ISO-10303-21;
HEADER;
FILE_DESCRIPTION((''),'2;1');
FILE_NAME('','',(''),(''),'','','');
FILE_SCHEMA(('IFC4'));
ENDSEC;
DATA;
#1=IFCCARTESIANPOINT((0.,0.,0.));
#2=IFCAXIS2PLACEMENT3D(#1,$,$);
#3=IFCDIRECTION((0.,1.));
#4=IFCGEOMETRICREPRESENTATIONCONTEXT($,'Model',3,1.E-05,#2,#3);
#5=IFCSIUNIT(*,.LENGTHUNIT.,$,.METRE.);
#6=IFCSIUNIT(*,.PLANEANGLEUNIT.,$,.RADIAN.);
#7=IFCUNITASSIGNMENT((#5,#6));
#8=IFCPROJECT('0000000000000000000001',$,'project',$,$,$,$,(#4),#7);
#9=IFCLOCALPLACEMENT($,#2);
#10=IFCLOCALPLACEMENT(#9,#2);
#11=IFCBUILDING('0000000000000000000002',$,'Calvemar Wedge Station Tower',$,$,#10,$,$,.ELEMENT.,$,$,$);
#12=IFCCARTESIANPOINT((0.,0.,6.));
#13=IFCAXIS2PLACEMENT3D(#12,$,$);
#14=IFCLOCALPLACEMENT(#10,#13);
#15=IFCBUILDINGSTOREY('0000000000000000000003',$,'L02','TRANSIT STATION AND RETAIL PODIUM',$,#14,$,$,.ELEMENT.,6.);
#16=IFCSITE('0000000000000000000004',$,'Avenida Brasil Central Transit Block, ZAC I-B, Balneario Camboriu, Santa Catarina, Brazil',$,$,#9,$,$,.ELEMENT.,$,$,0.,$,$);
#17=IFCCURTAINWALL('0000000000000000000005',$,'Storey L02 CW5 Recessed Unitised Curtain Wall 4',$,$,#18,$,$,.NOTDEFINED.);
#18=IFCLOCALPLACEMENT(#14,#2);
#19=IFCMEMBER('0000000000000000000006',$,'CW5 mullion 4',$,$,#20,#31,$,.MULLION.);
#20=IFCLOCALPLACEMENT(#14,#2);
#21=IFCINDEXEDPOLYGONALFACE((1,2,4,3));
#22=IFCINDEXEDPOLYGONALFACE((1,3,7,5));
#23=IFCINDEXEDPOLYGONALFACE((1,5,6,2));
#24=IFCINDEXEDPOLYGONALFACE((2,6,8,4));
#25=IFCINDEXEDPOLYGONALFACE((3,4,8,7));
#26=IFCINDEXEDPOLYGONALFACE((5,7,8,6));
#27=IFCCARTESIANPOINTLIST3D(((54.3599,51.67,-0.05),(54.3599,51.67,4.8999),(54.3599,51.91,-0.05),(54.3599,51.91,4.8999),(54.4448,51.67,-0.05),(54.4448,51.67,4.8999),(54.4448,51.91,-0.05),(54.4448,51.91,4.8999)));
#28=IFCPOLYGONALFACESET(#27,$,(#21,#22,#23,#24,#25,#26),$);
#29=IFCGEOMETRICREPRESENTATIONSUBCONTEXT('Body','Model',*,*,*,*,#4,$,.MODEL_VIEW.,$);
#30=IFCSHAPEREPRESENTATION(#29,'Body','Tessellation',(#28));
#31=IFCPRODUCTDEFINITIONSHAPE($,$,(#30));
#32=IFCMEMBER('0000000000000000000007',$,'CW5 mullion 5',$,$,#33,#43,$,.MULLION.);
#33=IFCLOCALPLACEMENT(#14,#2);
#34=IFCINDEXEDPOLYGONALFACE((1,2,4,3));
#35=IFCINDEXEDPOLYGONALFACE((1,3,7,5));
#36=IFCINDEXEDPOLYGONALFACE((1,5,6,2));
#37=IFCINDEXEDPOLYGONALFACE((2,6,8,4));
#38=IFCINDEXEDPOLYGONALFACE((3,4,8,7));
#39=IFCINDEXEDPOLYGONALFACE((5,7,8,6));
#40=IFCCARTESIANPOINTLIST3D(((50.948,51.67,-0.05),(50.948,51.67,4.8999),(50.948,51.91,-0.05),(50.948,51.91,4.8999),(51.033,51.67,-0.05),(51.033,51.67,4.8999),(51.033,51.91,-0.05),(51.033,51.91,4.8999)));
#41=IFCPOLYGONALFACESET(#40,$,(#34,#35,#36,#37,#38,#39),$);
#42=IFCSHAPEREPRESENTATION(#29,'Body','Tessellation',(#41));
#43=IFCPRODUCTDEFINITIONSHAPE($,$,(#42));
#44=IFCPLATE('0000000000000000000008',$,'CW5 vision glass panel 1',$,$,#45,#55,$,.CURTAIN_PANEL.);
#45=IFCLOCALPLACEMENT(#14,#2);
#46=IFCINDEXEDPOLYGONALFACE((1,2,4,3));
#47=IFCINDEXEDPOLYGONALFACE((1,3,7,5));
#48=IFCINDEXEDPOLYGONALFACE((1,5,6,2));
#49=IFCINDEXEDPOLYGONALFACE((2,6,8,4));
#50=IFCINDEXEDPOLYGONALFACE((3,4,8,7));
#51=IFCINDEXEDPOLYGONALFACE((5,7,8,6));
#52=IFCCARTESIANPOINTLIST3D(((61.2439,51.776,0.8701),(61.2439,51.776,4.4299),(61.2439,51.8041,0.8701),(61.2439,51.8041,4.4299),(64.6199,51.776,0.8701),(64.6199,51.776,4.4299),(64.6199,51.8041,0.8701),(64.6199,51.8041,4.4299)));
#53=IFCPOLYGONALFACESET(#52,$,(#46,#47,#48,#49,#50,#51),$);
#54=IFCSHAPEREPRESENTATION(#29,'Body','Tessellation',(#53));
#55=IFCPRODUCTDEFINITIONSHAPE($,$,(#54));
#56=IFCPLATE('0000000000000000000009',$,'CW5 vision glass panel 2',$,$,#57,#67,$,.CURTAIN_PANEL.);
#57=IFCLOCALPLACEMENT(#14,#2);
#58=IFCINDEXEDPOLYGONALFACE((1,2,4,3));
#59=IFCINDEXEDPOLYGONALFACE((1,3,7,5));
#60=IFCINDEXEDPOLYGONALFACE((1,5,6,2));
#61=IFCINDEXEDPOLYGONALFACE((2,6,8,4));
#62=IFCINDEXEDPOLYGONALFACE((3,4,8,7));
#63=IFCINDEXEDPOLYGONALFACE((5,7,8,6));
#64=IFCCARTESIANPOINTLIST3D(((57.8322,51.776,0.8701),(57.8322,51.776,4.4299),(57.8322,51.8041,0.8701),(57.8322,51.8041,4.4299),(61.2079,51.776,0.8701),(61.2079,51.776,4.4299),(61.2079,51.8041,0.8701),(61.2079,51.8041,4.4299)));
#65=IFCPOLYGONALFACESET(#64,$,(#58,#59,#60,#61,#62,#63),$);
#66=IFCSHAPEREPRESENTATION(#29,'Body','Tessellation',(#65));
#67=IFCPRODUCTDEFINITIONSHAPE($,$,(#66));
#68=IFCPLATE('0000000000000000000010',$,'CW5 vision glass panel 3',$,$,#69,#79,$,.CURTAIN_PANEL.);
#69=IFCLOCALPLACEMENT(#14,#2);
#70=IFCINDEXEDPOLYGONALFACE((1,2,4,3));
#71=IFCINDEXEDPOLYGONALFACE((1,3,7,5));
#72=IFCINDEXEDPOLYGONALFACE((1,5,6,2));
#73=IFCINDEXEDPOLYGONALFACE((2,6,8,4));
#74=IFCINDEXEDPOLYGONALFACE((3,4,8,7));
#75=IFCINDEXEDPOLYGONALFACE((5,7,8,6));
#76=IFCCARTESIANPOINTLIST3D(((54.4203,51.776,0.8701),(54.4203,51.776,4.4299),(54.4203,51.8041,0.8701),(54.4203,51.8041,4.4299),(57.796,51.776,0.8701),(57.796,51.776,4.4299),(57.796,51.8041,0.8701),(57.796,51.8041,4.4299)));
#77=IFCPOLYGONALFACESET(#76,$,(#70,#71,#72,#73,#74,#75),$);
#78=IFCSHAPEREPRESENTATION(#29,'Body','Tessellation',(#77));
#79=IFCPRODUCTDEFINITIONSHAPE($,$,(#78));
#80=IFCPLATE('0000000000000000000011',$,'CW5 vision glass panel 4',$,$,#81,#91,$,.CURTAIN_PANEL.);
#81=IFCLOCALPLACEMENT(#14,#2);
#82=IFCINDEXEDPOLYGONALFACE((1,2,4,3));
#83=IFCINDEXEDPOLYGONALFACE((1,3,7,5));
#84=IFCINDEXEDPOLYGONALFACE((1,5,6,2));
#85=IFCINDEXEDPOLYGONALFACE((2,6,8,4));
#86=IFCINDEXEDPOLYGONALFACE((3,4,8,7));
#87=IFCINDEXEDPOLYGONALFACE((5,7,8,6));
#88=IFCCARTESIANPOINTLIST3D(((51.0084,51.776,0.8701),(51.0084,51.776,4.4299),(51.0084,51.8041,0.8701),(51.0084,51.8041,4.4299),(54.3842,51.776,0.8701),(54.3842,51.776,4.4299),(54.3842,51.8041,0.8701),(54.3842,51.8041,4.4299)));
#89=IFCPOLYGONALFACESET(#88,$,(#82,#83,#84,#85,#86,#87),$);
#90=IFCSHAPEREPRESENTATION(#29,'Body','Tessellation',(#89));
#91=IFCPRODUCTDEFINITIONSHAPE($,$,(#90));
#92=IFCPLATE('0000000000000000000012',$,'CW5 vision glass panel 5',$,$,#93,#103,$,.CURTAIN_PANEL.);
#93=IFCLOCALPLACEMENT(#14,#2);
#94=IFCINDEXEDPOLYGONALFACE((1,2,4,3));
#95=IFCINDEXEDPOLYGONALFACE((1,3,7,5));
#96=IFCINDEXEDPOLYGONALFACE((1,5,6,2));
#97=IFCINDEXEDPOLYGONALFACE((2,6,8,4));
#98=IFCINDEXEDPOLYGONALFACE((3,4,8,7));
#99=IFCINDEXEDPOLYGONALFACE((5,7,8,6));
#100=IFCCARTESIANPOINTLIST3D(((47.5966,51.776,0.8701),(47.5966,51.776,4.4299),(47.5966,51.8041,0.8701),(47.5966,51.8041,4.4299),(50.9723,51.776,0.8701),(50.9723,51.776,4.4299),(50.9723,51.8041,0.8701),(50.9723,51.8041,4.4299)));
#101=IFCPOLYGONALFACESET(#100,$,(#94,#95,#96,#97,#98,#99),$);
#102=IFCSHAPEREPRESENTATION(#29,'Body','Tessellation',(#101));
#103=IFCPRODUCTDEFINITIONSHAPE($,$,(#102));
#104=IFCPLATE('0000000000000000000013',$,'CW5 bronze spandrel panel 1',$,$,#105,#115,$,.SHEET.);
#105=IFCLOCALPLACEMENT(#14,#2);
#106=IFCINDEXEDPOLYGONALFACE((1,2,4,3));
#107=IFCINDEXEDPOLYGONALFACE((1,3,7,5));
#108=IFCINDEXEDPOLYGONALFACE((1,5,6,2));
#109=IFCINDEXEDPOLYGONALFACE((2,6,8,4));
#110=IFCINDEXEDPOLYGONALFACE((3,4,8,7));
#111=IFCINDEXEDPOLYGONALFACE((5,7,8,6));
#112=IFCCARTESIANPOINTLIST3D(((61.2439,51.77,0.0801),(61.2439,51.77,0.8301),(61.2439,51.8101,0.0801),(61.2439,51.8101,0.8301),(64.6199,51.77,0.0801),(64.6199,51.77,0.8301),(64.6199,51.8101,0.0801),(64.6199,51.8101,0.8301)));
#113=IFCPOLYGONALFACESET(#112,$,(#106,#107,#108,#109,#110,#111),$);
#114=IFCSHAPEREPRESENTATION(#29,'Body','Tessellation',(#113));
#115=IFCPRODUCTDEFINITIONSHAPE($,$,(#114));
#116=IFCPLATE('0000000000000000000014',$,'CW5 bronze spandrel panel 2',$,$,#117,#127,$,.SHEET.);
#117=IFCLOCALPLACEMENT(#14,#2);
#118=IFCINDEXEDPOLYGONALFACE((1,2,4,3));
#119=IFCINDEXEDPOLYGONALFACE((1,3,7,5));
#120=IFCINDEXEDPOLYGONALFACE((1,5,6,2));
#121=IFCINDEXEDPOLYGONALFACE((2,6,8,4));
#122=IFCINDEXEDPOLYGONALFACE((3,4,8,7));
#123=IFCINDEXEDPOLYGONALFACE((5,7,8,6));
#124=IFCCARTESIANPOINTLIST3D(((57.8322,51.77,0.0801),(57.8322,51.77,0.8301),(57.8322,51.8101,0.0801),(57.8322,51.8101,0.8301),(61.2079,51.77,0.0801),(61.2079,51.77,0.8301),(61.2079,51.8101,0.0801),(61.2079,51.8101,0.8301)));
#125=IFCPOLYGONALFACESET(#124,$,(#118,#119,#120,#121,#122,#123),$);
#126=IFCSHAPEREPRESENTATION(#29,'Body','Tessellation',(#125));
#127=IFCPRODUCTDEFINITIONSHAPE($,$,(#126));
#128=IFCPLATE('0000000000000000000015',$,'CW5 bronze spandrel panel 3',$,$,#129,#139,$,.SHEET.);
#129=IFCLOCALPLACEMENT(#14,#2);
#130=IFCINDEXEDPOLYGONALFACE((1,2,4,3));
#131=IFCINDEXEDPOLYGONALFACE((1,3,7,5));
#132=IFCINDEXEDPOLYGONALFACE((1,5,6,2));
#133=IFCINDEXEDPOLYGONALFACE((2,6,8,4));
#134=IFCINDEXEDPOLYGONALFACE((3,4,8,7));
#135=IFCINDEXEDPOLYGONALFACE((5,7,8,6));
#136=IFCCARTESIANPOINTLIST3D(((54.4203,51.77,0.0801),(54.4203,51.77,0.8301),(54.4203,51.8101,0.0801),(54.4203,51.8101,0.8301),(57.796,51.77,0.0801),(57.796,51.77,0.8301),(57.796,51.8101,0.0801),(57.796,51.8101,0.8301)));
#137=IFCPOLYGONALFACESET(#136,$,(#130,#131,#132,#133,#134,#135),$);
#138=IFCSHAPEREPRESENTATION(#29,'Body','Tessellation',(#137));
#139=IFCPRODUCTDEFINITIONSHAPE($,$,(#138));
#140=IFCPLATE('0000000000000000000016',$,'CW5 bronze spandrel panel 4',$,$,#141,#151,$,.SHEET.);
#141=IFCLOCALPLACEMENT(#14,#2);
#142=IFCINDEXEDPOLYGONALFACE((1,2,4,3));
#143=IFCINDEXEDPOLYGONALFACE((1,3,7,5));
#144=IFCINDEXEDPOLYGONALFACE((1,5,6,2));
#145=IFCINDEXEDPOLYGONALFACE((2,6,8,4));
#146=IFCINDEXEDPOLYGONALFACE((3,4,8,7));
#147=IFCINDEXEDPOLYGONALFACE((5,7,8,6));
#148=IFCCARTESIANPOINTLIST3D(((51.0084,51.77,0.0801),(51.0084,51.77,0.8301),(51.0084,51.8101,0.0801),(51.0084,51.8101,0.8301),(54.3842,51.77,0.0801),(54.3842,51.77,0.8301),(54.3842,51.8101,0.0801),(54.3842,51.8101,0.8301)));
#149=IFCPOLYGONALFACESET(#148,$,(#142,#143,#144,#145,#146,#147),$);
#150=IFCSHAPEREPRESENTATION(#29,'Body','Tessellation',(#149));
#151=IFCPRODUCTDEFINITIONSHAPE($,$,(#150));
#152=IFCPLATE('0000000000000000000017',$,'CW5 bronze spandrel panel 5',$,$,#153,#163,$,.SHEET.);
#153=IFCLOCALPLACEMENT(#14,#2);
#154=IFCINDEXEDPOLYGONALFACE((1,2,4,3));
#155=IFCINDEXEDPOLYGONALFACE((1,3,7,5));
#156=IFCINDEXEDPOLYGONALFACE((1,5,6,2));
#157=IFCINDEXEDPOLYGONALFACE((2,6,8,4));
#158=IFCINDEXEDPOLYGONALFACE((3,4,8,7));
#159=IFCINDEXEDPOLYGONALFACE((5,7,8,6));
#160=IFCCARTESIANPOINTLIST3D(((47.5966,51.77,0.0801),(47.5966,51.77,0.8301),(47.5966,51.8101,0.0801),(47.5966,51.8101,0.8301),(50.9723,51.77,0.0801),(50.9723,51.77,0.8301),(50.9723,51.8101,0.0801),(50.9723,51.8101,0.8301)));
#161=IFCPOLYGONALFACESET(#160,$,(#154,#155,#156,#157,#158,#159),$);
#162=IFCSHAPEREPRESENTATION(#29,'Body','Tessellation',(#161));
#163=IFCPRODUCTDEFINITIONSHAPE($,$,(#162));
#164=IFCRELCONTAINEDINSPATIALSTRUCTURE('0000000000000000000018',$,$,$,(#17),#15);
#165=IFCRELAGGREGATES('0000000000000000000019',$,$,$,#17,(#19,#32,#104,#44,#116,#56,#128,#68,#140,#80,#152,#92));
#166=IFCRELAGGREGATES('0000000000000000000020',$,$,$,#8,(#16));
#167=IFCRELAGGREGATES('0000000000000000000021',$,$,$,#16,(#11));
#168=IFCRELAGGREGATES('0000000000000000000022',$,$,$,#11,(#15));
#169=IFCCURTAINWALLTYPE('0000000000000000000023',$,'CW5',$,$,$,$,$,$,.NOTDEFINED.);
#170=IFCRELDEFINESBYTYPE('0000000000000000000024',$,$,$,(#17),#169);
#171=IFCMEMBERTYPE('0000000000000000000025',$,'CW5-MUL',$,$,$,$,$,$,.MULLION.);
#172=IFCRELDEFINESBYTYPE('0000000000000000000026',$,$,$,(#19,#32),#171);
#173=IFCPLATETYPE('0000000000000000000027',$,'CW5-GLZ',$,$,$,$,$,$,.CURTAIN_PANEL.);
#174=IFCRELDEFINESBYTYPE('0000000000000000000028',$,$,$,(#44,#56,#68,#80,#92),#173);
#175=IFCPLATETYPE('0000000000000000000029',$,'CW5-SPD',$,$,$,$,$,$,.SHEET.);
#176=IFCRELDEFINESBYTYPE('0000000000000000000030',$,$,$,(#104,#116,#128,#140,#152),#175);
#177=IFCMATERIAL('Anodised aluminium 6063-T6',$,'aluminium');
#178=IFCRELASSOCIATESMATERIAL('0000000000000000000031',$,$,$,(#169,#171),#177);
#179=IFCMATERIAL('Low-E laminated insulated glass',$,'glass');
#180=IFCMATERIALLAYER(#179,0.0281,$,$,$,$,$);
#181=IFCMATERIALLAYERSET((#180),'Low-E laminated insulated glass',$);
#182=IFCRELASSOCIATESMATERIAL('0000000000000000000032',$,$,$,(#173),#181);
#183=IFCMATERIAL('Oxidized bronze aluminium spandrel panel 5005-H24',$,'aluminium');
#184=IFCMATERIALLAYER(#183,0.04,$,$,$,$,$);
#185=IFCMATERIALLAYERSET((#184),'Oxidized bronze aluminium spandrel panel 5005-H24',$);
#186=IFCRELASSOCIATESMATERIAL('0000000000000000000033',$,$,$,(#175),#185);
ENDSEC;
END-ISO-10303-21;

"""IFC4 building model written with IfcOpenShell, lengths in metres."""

from ifc_helpers import new_model, si_unit, direction, frame, frame_2d, origin, origin_2d, place, context, subcontext, project, spatial, rectangle, extrude, source, transform, mapped, material, layer, layer_set, material_profile, profile_set, type_object, element, aggregate, save


model = new_model("IFC4")

# Units and contexts
model_context = context("Model", 3, precision=1e-05, world=origin(), true_north=direction((0.0, 1.0)))
body_context = subcontext(model_context, "Body", "Model", "MODEL_VIEW")
ifc_project = project(units=[si_unit("LENGTHUNIT", "METRE"), si_unit("PLANEANGLEUNIT", "RADIAN")], contexts=[model_context])

# Site, building, storey
site_placement = place(None, origin())
site = spatial("IfcSite", under=ifc_project, at=site_placement, Name="Avenida Brasil Central Transit Block, ZAC I-B, Balneario Camboriu, Santa Catarina, Brazil", CompositionType="ELEMENT", RefElevation=0.0)
building_placement = place(site_placement, origin())
building = spatial("IfcBuilding", under=site, at=building_placement, Name="Calvemar Wedge Station Tower", CompositionType="ELEMENT")
storey_placement = place(building_placement, frame((0.0, 0.0, 6.0)))
storey = spatial("IfcBuildingStorey", under=building, at=storey_placement, Name="L02", Description="TRANSIT STATION AND RETAIL PODIUM", CompositionType="ELEMENT", Elevation=6.0)

# Curtain wall, members, plates
ifc_material_1 = material(Name="Anodised aluminium 6063-T6", Category="aluminium")
curtain_wall_type = type_object("IfcCurtainWallType", Name="CW5", PredefinedType="NOTDEFINED", material=ifc_material_1)
curtain_wall_placement = place(storey_placement, origin())
curtain_wall = element("IfcCurtainWall", 1, at=curtain_wall_placement, inside=storey, type_object=curtain_wall_type, Name="Storey L02 CW5 Recessed Unitised Curtain Wall 4", PredefinedType="NOTDEFINED")
ifc_material_profile_1 = material_profile(ifc_material_1, rectangle(XDim=0.085, YDim=0.24, at=origin_2d()), Name="AL-MUL-85x240")
ifc_profile_set_1 = profile_set([ifc_material_profile_1], Name="Anodised aluminium 6063-T6")
member_type = type_object("IfcMemberType", Name="CW5-MUL", PredefinedType="MULLION", material=ifc_profile_set_1)
shared_shape_1 = source(origin(), body_context, "Body", "SweptSolid", [
    extrude(rectangle(XDim=0.085, YDim=0.24, at=origin_2d()), origin(), (0.0, 0.0, 1.0), 4.95),
])
member_1_placement = place(storey_placement, frame((54.4023, 51.79, -0.05), z_axis=(0.0, 0.0, 1.0), x_axis=(1.0, 0.0, 0.0)))
member_1 = element("IfcMember", 2, at=member_1_placement, type_object=member_type, Name="CW5 mullion 4", PredefinedType="MULLION", context=body_context, shape_type="MappedRepresentation", body=[
    mapped(shared_shape_1, transform((0.0, 0.0, 0.0), scale=1.0)),
])
member_2_placement = place(storey_placement, frame((50.9905, 51.79, -0.05), z_axis=(0.0, 0.0, 1.0), x_axis=(1.0, 0.0, 0.0)))
member_2 = element("IfcMember", 3, at=member_2_placement, type_object=member_type, Name="CW5 mullion 5", PredefinedType="MULLION", context=body_context, shape_type="MappedRepresentation", body=[
    mapped(shared_shape_1, transform((0.0, 0.0, 0.0), scale=1.0)),
])
ifc_material_2 = material(Name="Low-E laminated insulated glass", Category="glass")
ifc_layer_1 = layer(ifc_material_2, 0.0281)
ifc_layer_set_1 = layer_set([ifc_layer_1], Name="Low-E laminated insulated glass")
plate_type_1 = type_object("IfcPlateType", Name="CW5-GLZ", PredefinedType="CURTAIN_PANEL", material=ifc_layer_set_1)
plate_1_placement = place(storey_placement, frame((64.6199, 51.79, 0.8701), z_axis=(0.0, 0.0, 1.0), x_axis=(-1.0, 0.0, 0.0)))
plate_1 = element("IfcPlate", 4, at=plate_1_placement, type_object=plate_type_1, Name="CW5 vision glass panel 1", PredefinedType="CURTAIN_PANEL", context=body_context, shape_type="SweptSolid", body=[
    extrude(rectangle(XDim=3.376, YDim=0.0281, at=frame_2d((1.688, 0.0))), origin(), (0.0, 0.0, 1.0), 3.5598),
])
plate_2_placement = place(storey_placement, frame((61.208, 51.79, 0.8701), z_axis=(0.0, 0.0, 1.0), x_axis=(-1.0, 0.0, 0.0)))
plate_2 = element("IfcPlate", 5, at=plate_2_placement, type_object=plate_type_1, Name="CW5 vision glass panel 2", PredefinedType="CURTAIN_PANEL", context=body_context, shape_type="SweptSolid", body=[
    extrude(rectangle(XDim=3.3757, YDim=0.0281, at=frame_2d((1.688, 0.0))), origin(), (0.0, 0.0, 1.0), 3.5598),
])
plate_3_placement = place(storey_placement, frame((57.7961, 51.79, 0.8701), z_axis=(0.0, 0.0, 1.0), x_axis=(-1.0, 0.0, 0.0)))
plate_3 = element("IfcPlate", 6, at=plate_3_placement, type_object=plate_type_1, Name="CW5 vision glass panel 3", PredefinedType="CURTAIN_PANEL", context=body_context, shape_type="SweptSolid", body=[
    extrude(rectangle(XDim=3.3757, YDim=0.0281, at=frame_2d((1.688, 0.0))), origin(), (0.0, 0.0, 1.0), 3.5598),
])
plate_4_placement = place(storey_placement, frame((54.3843, 51.79, 0.8701), z_axis=(0.0, 0.0, 1.0), x_axis=(-1.0, 0.0, 0.0)))
plate_4 = element("IfcPlate", 7, at=plate_4_placement, type_object=plate_type_1, Name="CW5 vision glass panel 4", PredefinedType="CURTAIN_PANEL", context=body_context, shape_type="SweptSolid", body=[
    extrude(rectangle(XDim=3.3757, YDim=0.0281, at=frame_2d((1.688, 0.0))), origin(), (0.0, 0.0, 1.0), 3.5598),
])
plate_5_placement = place(storey_placement, frame((50.9724, 51.79, 0.8701), z_axis=(0.0, 0.0, 1.0), x_axis=(-1.0, 0.0, 0.0)))
plate_5 = element("IfcPlate", 8, at=plate_5_placement, type_object=plate_type_1, Name="CW5 vision glass panel 5", PredefinedType="CURTAIN_PANEL", context=body_context, shape_type="SweptSolid", body=[
    extrude(rectangle(XDim=3.3757, YDim=0.0281, at=frame_2d((1.688, 0.0))), origin(), (0.0, 0.0, 1.0), 3.5598),
])
ifc_material_3 = material(Name="Oxidized bronze aluminium spandrel panel 5005-H24", Category="aluminium")
ifc_layer_2 = layer(ifc_material_3, 0.04)
ifc_layer_set_2 = layer_set([ifc_layer_2], Name="Oxidized bronze aluminium spandrel panel 5005-H24")
plate_type_2 = type_object("IfcPlateType", Name="CW5-SPD", PredefinedType="SHEET", material=ifc_layer_set_2)
plate_6_placement = place(storey_placement, frame((64.6199, 51.79, 0.0801), z_axis=(0.0, 0.0, 1.0), x_axis=(-1.0, 0.0, 0.0)))
plate_6 = element("IfcPlate", 9, at=plate_6_placement, type_object=plate_type_2, Name="CW5 bronze spandrel panel 1", PredefinedType="SHEET", context=body_context, shape_type="SweptSolid", body=[
    extrude(rectangle(XDim=3.376, YDim=0.04, at=frame_2d((1.688, 0.0))), origin(), (0.0, 0.0, 1.0), 0.75),
])
plate_7_placement = place(storey_placement, frame((61.208, 51.79, 0.0801), z_axis=(0.0, 0.0, 1.0), x_axis=(-1.0, 0.0, 0.0)))
plate_7 = element("IfcPlate", 10, at=plate_7_placement, type_object=plate_type_2, Name="CW5 bronze spandrel panel 2", PredefinedType="SHEET", context=body_context, shape_type="SweptSolid", body=[
    extrude(rectangle(XDim=3.3757, YDim=0.04, at=frame_2d((1.688, 0.0))), origin(), (0.0, 0.0, 1.0), 0.75),
])
plate_8_placement = place(storey_placement, frame((57.7961, 51.79, 0.0801), z_axis=(0.0, 0.0, 1.0), x_axis=(-1.0, 0.0, 0.0)))
plate_8 = element("IfcPlate", 11, at=plate_8_placement, type_object=plate_type_2, Name="CW5 bronze spandrel panel 3", PredefinedType="SHEET", context=body_context, shape_type="SweptSolid", body=[
    extrude(rectangle(XDim=3.3757, YDim=0.04, at=frame_2d((1.688, 0.0))), origin(), (0.0, 0.0, 1.0), 0.75),
])
plate_9_placement = place(storey_placement, frame((54.3843, 51.79, 0.0801), z_axis=(0.0, 0.0, 1.0), x_axis=(-1.0, 0.0, 0.0)))
plate_9 = element("IfcPlate", 12, at=plate_9_placement, type_object=plate_type_2, Name="CW5 bronze spandrel panel 4", PredefinedType="SHEET", context=body_context, shape_type="SweptSolid", body=[
    extrude(rectangle(XDim=3.3757, YDim=0.04, at=frame_2d((1.688, 0.0))), origin(), (0.0, 0.0, 1.0), 0.75),
])
plate_10_placement = place(storey_placement, frame((50.9724, 51.79, 0.0801), z_axis=(0.0, 0.0, 1.0), x_axis=(-1.0, 0.0, 0.0)))
plate_10 = element("IfcPlate", 13, at=plate_10_placement, type_object=plate_type_2, Name="CW5 bronze spandrel panel 5", PredefinedType="SHEET", context=body_context, shape_type="SweptSolid", body=[
    extrude(rectangle(XDim=3.3757, YDim=0.04, at=frame_2d((1.688, 0.0))), origin(), (0.0, 0.0, 1.0), 0.75),
])
aggregate(curtain_wall, [member_1, member_2, plate_6, plate_1, plate_7, plate_2, plate_8, plate_3, plate_9, plate_4, plate_10, plate_5])

save(model, "model.ifc")
